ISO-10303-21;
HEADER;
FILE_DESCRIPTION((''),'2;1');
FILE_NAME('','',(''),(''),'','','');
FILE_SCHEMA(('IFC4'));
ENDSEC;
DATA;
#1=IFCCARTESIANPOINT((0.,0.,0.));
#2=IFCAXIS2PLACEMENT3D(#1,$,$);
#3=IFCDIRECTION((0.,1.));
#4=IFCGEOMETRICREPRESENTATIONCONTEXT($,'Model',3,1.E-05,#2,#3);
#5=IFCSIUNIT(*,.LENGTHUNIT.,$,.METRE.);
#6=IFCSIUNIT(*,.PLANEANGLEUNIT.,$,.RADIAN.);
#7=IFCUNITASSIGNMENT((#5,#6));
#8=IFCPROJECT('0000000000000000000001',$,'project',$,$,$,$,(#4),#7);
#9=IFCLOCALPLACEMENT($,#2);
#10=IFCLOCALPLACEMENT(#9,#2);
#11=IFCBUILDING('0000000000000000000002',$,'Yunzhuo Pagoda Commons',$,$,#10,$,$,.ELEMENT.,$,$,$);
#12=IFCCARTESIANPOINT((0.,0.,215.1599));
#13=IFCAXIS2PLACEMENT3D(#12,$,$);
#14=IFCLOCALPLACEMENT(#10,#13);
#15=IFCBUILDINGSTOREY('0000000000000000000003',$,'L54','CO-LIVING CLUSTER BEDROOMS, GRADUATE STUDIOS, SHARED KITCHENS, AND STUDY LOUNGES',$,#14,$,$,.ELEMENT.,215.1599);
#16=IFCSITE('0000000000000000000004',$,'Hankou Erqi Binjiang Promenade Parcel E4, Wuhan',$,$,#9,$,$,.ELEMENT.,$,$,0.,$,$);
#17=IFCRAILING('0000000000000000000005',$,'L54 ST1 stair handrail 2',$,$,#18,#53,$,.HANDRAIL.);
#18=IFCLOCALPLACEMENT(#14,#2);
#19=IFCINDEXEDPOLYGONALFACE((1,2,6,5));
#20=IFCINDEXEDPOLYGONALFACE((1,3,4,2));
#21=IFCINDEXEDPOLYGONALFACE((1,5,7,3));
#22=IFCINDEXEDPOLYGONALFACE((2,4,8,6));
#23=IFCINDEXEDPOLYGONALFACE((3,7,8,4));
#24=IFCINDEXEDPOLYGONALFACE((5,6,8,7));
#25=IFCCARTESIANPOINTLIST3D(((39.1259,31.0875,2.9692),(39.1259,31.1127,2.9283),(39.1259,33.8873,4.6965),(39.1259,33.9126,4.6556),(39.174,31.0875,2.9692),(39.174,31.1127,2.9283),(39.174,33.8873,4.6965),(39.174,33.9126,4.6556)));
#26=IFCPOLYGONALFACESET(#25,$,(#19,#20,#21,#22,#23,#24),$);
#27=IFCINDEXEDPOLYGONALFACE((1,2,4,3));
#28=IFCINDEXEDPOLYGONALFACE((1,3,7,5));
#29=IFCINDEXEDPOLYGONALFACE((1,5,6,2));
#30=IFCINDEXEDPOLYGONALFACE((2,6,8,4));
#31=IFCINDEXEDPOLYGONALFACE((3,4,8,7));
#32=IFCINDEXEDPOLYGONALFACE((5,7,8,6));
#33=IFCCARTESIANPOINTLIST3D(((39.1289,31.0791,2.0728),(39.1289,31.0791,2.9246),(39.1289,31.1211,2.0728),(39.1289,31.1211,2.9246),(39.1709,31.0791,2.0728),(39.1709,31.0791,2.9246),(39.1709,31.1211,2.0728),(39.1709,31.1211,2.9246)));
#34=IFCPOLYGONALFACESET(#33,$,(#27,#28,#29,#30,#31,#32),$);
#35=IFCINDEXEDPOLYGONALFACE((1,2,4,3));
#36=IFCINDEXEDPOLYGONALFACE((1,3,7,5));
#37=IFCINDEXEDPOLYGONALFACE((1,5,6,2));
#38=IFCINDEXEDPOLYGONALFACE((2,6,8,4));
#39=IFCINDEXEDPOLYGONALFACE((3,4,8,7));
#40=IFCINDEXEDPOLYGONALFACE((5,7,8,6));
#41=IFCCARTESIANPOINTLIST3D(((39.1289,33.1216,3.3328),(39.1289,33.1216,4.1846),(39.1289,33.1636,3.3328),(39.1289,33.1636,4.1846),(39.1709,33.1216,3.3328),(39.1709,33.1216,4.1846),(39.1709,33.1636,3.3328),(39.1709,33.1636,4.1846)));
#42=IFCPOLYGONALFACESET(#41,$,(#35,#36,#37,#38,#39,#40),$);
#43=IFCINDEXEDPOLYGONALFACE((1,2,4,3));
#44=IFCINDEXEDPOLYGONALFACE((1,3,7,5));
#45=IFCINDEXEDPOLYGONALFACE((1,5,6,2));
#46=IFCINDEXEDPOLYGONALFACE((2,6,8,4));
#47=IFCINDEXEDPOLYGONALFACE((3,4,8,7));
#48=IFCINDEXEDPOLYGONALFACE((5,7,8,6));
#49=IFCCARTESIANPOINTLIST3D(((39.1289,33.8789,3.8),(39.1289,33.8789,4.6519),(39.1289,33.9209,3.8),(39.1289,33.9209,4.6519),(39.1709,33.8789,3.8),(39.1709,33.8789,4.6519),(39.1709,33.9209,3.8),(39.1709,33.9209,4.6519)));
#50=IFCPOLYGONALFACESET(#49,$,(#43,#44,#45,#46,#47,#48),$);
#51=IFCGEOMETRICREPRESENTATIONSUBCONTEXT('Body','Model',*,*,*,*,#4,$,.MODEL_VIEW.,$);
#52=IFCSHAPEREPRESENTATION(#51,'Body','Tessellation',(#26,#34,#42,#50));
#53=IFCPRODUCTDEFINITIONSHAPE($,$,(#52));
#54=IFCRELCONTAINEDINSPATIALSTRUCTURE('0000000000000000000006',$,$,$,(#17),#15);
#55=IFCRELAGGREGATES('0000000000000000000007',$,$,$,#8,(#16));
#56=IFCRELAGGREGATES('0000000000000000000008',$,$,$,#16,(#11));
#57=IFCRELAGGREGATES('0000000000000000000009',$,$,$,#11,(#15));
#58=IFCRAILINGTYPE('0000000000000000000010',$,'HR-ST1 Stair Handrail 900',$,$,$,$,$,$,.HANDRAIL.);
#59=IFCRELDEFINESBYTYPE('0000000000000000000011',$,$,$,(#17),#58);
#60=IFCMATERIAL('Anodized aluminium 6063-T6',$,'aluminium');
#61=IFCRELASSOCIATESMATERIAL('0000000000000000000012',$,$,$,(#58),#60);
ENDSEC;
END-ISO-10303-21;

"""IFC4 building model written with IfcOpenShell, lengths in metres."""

from ifc_helpers import new_model, si_unit, direction, frame, origin, origin_2d, place, context, subcontext, project, spatial, rectangle, extrude, material, type_object, element, save


model = new_model("IFC4")

# Units and contexts
model_context = context("Model", 3, precision=1e-05, world=origin(), true_north=direction((0.0, 1.0)))
body_context = subcontext(model_context, "Body", "Model", "MODEL_VIEW")
ifc_project = project(units=[si_unit("LENGTHUNIT", "METRE"), si_unit("PLANEANGLEUNIT", "RADIAN")], contexts=[model_context])

# Site, building, storey
site_placement = place(None, origin())
site = spatial("IfcSite", under=ifc_project, at=site_placement, Name="Hankou Erqi Binjiang Promenade Parcel E4, Wuhan", CompositionType="ELEMENT", RefElevation=0.0)
building_placement = place(site_placement, origin())
building = spatial("IfcBuilding", under=site, at=building_placement, Name="Yunzhuo Pagoda Commons", CompositionType="ELEMENT")
storey_placement = place(building_placement, frame((0.0, 0.0, 215.1599)))
storey = spatial("IfcBuildingStorey", under=building, at=storey_placement, Name="L54", Description="CO-LIVING CLUSTER BEDROOMS, GRADUATE STUDIOS, SHARED KITCHENS, AND STUDY LOUNGES", CompositionType="ELEMENT", Elevation=215.1599)

# Railing
ifc_material_1 = material(Name="Anodized aluminium 6063-T6", Category="aluminium")
railing_type_1 = type_object("IfcRailingType", Name="HR-ST1 Stair Handrail 900", PredefinedType="HANDRAIL", material=ifc_material_1)
railing_1_placement = place(storey_placement, frame((39.1499, 31.1001, 2.0728)))
element("IfcRailing", 1, at=railing_1_placement, inside=storey, type_object=railing_type_1, Name="L54 ST1 stair handrail 2", PredefinedType="HANDRAIL", context=body_context, shape_type="SweptSolid", body=[
    extrude(rectangle(XDim=0.0481, YDim=0.0481, at=origin_2d()), frame((0.0, 0.0, 0.876), z_axis=(0.0, 0.851069, 0.525054), x_axis=(-1.0, 0.0, 0.0)), (0.0, 0.0, 1.0), 3.2898),
    extrude(rectangle(XDim=0.042, YDim=0.042, at=origin_2d()), origin(), (0.0, 0.0, 1.0), 0.8518),
    extrude(rectangle(XDim=0.042, YDim=0.042, at=origin_2d()), frame((0.0, 2.0425, 1.26)), (0.0, 0.0, 1.0), 0.8518),
    extrude(rectangle(XDim=0.042, YDim=0.042, at=origin_2d()), frame((0.0, 2.7998, 1.7273)), (0.0, 0.0, 1.0), 0.8518),
])

save(model, "model.ifc")
